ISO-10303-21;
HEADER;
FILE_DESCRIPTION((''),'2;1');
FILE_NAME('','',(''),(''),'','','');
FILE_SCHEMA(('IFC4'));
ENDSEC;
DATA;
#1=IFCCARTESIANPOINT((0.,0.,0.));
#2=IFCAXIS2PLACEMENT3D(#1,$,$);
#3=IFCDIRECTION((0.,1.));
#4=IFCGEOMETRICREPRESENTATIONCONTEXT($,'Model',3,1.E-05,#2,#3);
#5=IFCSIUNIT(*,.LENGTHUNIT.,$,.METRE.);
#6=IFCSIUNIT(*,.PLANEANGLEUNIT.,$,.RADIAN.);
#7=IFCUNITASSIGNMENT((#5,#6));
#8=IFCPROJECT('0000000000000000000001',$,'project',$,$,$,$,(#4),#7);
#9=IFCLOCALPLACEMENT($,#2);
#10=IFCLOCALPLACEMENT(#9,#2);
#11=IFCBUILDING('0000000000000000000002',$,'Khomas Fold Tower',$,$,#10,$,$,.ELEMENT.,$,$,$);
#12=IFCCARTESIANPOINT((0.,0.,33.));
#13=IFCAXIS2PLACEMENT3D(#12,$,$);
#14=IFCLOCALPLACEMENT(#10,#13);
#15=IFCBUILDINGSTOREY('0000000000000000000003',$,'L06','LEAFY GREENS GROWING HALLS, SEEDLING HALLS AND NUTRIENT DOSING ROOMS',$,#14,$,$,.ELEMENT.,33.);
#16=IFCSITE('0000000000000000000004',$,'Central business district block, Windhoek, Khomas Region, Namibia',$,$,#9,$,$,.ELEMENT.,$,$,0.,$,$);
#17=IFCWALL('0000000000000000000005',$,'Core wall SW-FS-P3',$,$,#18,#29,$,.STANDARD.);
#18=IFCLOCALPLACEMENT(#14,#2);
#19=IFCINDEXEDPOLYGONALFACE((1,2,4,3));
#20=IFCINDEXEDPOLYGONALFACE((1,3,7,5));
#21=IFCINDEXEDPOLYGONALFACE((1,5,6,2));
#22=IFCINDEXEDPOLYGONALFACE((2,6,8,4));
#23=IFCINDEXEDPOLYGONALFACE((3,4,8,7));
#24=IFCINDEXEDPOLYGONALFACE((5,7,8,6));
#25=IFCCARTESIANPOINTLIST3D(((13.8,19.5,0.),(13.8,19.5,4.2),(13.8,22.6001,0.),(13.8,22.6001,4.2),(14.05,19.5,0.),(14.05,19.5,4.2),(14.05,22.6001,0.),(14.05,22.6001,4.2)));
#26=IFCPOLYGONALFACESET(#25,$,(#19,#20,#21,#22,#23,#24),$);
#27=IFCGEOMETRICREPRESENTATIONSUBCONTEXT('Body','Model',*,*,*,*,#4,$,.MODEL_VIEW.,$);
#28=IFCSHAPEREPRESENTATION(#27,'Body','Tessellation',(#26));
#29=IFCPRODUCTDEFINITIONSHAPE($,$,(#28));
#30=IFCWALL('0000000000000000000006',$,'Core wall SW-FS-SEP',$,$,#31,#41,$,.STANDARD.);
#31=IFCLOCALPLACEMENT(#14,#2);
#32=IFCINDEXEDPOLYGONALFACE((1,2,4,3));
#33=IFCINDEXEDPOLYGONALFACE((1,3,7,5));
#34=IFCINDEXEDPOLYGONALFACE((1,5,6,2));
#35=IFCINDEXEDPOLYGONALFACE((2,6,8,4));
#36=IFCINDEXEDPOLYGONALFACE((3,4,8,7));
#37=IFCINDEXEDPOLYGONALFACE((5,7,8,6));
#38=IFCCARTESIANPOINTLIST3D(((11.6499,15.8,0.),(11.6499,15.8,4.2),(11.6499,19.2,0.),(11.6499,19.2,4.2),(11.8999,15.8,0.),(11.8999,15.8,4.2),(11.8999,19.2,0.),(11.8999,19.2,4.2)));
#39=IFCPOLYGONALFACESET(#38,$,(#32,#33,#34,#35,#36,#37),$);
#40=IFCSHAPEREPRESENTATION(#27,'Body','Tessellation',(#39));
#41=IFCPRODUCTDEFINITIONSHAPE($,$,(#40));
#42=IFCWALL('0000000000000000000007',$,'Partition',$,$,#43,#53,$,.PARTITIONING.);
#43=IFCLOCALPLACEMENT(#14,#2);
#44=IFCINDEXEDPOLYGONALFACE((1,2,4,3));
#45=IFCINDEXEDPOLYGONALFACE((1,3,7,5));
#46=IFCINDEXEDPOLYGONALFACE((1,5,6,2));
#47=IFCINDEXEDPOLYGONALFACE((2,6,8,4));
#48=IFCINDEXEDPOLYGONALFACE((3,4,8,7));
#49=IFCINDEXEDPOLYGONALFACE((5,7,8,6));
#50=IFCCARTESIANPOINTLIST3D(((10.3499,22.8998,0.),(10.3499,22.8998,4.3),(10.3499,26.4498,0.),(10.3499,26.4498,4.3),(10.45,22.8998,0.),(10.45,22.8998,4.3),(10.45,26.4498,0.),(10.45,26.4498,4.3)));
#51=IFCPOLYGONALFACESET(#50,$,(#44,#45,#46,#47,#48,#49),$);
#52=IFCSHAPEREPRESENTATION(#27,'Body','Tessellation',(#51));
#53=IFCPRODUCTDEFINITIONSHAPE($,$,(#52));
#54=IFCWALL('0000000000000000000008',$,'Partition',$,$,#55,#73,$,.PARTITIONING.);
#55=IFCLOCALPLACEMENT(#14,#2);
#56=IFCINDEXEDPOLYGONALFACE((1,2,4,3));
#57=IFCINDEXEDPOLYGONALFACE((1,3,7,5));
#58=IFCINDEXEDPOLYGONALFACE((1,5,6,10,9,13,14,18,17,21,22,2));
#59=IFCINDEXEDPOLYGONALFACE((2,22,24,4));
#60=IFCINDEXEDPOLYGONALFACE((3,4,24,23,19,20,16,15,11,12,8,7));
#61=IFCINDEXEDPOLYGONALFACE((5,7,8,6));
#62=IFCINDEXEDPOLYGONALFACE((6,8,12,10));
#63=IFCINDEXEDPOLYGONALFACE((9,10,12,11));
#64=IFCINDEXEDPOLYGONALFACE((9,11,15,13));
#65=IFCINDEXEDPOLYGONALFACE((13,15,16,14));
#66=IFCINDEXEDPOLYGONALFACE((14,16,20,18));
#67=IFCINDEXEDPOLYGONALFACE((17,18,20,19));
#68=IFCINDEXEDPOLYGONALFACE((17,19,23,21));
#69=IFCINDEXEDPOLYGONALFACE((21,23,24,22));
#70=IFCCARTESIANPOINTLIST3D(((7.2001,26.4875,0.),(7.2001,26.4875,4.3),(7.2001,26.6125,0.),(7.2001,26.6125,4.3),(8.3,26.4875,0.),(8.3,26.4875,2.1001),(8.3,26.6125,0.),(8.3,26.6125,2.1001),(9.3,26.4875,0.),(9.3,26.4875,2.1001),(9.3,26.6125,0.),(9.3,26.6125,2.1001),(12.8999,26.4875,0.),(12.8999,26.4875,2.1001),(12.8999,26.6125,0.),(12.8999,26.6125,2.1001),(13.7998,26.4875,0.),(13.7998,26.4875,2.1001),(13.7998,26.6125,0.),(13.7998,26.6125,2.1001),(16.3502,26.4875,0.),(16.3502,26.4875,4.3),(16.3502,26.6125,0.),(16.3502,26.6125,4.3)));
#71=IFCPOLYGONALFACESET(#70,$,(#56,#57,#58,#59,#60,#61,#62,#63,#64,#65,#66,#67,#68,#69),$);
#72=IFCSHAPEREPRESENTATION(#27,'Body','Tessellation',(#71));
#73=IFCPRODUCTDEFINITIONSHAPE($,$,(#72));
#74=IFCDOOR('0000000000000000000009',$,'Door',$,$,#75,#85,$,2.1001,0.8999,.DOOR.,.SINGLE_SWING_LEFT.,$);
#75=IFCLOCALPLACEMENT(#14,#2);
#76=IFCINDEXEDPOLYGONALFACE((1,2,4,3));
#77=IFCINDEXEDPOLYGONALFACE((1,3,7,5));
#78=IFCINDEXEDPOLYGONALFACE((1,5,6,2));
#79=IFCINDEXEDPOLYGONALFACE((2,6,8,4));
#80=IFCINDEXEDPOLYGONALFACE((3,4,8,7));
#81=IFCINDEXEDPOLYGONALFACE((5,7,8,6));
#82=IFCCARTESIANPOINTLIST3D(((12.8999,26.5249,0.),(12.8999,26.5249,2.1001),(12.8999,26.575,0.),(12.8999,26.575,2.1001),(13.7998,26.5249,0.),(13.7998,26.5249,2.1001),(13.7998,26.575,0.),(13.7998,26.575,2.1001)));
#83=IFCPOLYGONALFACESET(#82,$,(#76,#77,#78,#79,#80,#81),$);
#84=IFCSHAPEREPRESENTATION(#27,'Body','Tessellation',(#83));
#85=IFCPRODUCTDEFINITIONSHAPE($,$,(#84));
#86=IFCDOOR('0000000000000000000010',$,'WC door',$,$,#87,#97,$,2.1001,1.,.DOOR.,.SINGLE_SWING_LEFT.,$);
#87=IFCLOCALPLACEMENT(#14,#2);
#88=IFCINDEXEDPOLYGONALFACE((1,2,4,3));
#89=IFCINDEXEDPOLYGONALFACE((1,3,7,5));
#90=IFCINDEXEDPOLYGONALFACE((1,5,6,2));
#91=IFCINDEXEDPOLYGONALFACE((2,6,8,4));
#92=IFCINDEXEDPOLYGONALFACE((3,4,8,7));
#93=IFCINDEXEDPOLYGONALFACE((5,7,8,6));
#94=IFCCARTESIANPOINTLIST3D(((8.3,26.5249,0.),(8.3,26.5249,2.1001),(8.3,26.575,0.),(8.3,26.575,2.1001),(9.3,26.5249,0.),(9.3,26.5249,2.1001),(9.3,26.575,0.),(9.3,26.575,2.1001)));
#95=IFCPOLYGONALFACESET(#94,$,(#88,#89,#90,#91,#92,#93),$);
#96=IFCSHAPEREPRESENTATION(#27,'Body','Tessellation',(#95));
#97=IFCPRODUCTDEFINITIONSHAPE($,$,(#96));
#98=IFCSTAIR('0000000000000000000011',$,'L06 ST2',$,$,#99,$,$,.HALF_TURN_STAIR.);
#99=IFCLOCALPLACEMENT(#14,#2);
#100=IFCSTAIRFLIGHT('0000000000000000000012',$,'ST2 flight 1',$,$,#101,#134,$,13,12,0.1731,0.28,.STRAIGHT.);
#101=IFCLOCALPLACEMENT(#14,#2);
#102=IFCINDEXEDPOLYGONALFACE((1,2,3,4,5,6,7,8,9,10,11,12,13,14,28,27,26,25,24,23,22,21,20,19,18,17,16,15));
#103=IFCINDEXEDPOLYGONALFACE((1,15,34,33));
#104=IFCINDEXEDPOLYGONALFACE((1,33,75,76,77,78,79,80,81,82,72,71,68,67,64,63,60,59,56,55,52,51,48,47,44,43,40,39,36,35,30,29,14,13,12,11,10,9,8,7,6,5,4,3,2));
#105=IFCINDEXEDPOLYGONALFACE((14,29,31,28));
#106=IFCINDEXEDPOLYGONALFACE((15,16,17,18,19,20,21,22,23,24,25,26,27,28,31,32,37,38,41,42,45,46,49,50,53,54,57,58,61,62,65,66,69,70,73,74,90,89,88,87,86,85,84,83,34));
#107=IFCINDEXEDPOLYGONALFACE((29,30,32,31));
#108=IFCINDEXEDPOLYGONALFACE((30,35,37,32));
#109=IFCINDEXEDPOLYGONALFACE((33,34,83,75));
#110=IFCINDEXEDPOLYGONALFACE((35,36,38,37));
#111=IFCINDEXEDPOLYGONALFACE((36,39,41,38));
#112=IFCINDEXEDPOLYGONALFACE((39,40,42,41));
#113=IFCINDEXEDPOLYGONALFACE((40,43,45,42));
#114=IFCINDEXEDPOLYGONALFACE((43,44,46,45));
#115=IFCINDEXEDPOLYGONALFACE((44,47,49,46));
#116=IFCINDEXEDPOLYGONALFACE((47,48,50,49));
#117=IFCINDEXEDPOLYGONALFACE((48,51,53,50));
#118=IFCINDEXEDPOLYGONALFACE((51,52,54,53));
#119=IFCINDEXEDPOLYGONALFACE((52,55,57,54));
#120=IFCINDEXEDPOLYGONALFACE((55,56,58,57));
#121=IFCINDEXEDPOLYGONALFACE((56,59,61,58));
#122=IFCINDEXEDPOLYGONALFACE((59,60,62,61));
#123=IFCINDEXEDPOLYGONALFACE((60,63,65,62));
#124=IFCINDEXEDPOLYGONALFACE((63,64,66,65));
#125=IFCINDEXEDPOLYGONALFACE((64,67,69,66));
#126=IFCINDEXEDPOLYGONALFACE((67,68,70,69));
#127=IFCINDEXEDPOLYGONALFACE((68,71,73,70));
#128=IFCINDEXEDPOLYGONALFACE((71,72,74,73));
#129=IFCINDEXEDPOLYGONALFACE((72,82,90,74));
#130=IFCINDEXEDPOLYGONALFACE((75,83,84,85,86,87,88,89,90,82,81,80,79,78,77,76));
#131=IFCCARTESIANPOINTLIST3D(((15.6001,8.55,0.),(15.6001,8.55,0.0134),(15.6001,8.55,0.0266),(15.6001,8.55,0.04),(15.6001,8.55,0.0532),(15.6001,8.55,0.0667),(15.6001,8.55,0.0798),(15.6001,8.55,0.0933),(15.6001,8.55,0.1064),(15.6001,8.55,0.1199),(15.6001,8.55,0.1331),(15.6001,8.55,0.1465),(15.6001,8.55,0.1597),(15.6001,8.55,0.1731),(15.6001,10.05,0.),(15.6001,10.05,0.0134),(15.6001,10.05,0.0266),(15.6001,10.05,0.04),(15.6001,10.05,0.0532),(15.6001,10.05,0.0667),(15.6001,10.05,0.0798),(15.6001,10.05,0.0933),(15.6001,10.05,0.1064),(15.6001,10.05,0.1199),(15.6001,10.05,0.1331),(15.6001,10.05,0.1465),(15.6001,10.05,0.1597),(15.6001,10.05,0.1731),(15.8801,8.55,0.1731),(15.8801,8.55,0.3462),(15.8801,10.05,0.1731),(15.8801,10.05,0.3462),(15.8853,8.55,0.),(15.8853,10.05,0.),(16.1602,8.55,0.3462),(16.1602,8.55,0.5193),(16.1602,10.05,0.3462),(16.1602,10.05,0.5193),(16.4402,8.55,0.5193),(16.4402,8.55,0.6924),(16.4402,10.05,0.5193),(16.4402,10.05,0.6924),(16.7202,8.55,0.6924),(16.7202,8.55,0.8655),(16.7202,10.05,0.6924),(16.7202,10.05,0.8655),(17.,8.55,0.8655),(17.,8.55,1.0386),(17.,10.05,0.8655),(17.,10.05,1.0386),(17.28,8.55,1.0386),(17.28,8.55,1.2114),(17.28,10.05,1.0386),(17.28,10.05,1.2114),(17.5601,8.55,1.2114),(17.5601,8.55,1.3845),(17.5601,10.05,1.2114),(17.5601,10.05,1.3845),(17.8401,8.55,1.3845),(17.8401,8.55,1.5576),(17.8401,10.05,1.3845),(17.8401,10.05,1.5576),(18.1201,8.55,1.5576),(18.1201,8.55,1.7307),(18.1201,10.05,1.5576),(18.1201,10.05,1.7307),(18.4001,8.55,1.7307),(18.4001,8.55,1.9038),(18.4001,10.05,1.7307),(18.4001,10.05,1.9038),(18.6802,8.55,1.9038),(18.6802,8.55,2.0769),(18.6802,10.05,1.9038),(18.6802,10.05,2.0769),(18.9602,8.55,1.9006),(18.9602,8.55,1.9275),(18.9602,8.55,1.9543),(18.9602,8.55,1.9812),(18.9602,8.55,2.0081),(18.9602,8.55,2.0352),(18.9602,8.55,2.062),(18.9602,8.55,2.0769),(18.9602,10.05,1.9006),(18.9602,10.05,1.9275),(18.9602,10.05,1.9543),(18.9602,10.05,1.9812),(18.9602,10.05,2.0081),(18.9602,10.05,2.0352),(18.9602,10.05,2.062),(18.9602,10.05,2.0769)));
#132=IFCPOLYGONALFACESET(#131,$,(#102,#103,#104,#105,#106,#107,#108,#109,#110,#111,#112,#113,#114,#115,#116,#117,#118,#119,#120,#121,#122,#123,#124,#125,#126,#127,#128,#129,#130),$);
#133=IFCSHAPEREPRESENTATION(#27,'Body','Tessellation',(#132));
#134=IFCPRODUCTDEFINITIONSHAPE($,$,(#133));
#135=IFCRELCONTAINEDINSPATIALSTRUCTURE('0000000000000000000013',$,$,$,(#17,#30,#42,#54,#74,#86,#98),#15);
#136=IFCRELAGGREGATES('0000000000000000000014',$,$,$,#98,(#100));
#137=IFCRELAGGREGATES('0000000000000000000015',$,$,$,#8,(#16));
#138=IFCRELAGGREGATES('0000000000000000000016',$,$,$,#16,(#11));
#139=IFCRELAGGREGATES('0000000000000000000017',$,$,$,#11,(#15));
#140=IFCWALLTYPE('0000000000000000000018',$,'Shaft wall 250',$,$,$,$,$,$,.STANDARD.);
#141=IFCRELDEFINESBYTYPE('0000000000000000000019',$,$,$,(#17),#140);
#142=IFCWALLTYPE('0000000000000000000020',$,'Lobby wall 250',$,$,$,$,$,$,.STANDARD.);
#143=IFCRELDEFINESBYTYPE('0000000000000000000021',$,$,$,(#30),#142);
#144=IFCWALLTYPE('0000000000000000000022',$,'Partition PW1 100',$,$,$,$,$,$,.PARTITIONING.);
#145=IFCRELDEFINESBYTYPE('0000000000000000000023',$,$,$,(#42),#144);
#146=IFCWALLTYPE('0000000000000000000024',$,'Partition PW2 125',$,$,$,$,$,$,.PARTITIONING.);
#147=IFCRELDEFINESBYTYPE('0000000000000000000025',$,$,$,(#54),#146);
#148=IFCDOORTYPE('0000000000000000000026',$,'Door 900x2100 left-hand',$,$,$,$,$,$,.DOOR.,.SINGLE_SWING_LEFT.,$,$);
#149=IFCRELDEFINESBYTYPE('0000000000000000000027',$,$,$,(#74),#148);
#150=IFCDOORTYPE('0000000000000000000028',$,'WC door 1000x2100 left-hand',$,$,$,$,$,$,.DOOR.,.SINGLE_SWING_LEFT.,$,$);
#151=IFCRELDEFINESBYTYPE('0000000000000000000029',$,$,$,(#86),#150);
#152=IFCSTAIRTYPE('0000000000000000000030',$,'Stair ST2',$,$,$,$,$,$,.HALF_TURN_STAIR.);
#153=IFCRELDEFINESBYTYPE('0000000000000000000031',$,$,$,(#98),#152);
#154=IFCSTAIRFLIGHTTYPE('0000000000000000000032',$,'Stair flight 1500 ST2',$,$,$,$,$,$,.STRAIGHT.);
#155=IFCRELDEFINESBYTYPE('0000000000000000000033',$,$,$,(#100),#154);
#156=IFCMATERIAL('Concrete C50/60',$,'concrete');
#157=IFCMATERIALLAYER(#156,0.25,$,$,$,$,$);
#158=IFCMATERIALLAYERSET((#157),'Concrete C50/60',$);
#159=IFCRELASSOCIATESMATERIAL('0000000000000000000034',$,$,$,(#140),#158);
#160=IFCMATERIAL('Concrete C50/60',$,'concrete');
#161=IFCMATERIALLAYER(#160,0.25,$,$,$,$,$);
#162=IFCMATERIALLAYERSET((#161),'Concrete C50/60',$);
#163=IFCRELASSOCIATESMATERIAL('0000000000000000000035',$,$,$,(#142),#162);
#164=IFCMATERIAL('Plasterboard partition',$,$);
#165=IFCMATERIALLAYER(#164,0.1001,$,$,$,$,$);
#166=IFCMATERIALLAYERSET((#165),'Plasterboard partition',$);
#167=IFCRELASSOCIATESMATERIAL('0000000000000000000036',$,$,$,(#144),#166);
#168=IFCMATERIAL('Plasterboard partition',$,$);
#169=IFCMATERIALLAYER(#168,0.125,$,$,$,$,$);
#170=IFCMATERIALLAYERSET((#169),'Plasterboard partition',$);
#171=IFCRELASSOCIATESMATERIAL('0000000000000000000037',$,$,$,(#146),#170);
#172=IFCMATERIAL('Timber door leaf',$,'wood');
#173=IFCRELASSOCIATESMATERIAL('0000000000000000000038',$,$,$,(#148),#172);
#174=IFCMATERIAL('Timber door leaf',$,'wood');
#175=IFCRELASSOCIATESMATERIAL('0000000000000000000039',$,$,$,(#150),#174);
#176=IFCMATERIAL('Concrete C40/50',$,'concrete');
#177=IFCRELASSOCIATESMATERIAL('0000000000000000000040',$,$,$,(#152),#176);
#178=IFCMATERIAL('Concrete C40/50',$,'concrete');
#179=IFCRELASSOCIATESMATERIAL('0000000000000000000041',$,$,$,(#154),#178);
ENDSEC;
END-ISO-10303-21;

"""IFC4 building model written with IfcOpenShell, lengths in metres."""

from ifc_helpers import new_model, si_unit, direction, frame, frame_2d, origin, place, context, subcontext, project, spatial, polyline, rectangle, outline, extrude, source, transform, mapped, material, layer, layer_set, type_object, element, fill, aggregate, save


model = new_model("IFC4")

# Units and contexts
model_context = context("Model", 3, precision=1e-05, world=origin(), true_north=direction((0.0, 1.0)))
body_context = subcontext(model_context, "Body", "Model", "MODEL_VIEW")
ifc_project = project(units=[si_unit("LENGTHUNIT", "METRE"), si_unit("PLANEANGLEUNIT", "RADIAN")], contexts=[model_context])

# Site, building, storey
site_placement = place(None, origin())
site = spatial("IfcSite", under=ifc_project, at=site_placement, Name="Central business district block, Windhoek, Khomas Region, Namibia", CompositionType="ELEMENT", RefElevation=0.0)
building_placement = place(site_placement, origin())
building = spatial("IfcBuilding", under=site, at=building_placement, Name="Khomas Fold Tower", CompositionType="ELEMENT")
storey_placement = place(building_placement, frame((0.0, 0.0, 33.0)))
storey = spatial("IfcBuildingStorey", under=building, at=storey_placement, Name="L06", Description="LEAFY GREENS GROWING HALLS, SEEDLING HALLS AND NUTRIENT DOSING ROOMS", CompositionType="ELEMENT", Elevation=33.0)

# Walls
ifc_material_1 = material(Name="Concrete C50/60", Category="concrete")
ifc_layer_1 = layer(ifc_material_1, 0.25)
ifc_layer_set_1 = layer_set([ifc_layer_1], Name="Concrete C50/60")
wall_type_1 = type_object("IfcWallType", Name="Shaft wall 250", PredefinedType="STANDARD", material=ifc_layer_set_1)
shared_shape_1 = source(origin(), body_context, "Body", "SweptSolid", [
    extrude(rectangle(XDim=3.1001, YDim=0.25, at=frame_2d((1.55, 0.0))), origin(), (0.0, 0.0, 1.0), 4.2),
])
for number, where, z_axis, x_axis, name in (
    (1, (13.925, 19.5, 0.0), (0.0, 0.0, 1.0), (0.0, 1.0, 0.0), "Core wall SW-FS-P3"),
):
    element("IfcWall", number, at=place(storey_placement, frame(where, z_axis=z_axis, x_axis=x_axis)), inside=storey, type_object=wall_type_1, Name=name, PredefinedType="STANDARD", context=body_context, shape_type="MappedRepresentation", body=[
        mapped(shared_shape_1, transform((0.0, 0.0, 0.0))),
    ])
ifc_material_2 = material(Name="Concrete C50/60", Category="concrete")
ifc_layer_2 = layer(ifc_material_2, 0.25)
ifc_layer_set_2 = layer_set([ifc_layer_2], Name="Concrete C50/60")
wall_type_2 = type_object("IfcWallType", Name="Lobby wall 250", PredefinedType="STANDARD", material=ifc_layer_set_2)
shared_shape_2 = source(origin(), body_context, "Body", "SweptSolid", [
    extrude(rectangle(XDim=3.3999, YDim=0.25, at=frame_2d((1.7, 0.0))), origin(), (0.0, 0.0, 1.0), 4.2),
])
wall_1_placement = place(storey_placement, frame((11.7749, 15.8, 0.0), z_axis=(0.0, 0.0, 1.0), x_axis=(0.0, 1.0, 0.0)))
element("IfcWall", 2, at=wall_1_placement, inside=storey, type_object=wall_type_2, Name="Core wall SW-FS-SEP", PredefinedType="STANDARD", context=body_context, shape_type="MappedRepresentation", body=[
    mapped(shared_shape_2, transform((0.0, 0.0, 0.0))),
])
ifc_material_3 = material(Name="Plasterboard partition")
ifc_layer_3 = layer(ifc_material_3, 0.1001)
ifc_layer_set_3 = layer_set([ifc_layer_3], Name="Plasterboard partition")
wall_type_3 = type_object("IfcWallType", Name="Partition PW1 100", PredefinedType="PARTITIONING", material=ifc_layer_set_3)
shared_shape_3 = source(origin(), body_context, "Body", "SweptSolid", [
    extrude(rectangle(XDim=3.55, YDim=0.1001, at=frame_2d((1.7749, 0.0))), origin(), (0.0, 0.0, 1.0), 4.3),
])
wall_2_placement = place(storey_placement, frame((10.3999, 22.8999, 0.0), z_axis=(0.0, 0.0, 1.0), x_axis=(0.0, 1.0, 0.0)))
element("IfcWall", 3, at=wall_2_placement, inside=storey, type_object=wall_type_3, Name="Partition", PredefinedType="PARTITIONING", context=body_context, shape_type="MappedRepresentation", body=[
    mapped(shared_shape_3, transform((0.0, 0.0, 0.0))),
])

# Wall, openings, doors
ifc_material_4 = material(Name="Plasterboard partition")
ifc_layer_4 = layer(ifc_material_4, 0.125)
ifc_layer_set_4 = layer_set([ifc_layer_4], Name="Plasterboard partition")
wall_type_4 = type_object("IfcWallType", Name="Partition PW2 125", PredefinedType="PARTITIONING", material=ifc_layer_set_4)
shared_shape_4 = source(origin(), body_context, "Body", "SweptSolid", [
    extrude(rectangle(XDim=9.1501, YDim=0.125, at=frame_2d((4.5752, 0.0))), origin(), (0.0, 0.0, 1.0), 4.3),
])
wall_3_placement = place(storey_placement, frame((7.2, 26.55, 0.0), z_axis=(0.0, 0.0, 1.0), x_axis=(1.0, 0.0, 0.0)))
wall_3 = element("IfcWall", 4, at=wall_3_placement, inside=storey, type_object=wall_type_4, Name="Partition", PredefinedType="PARTITIONING", context=body_context, shape_type="MappedRepresentation", body=[
    mapped(shared_shape_4, transform((0.0, 0.0, 0.0))),
])
shared_shape_5 = source(origin(), body_context, "Body", "SweptSolid", [
    extrude(rectangle(XDim=1.0, YDim=2.1001, at=frame_2d((0.5, 1.05))), frame((0.0, 0.0725, 0.0), z_axis=(0.0, -1.0, 0.0), x_axis=(1.0, 0.0, 0.0)), (0.0, 0.0, 1.0), 0.145),
])
opening_1_placement = place(wall_3_placement, frame((1.1001, 0.0, 0.0)))
opening_1 = element("IfcOpeningElement", 5, at=opening_1_placement, cuts=wall_3, PredefinedType="OPENING", context=body_context, shape_type="MappedRepresentation", body=[
    mapped(shared_shape_5, transform((0.0, 0.0, 0.0))),
])
shared_shape_6 = source(origin(), body_context, "Body", "SweptSolid", [
    extrude(rectangle(XDim=0.8999, YDim=2.1001, at=frame_2d((0.45, 1.05))), frame((0.0, 0.0725, 0.0), z_axis=(0.0, -1.0, 0.0), x_axis=(1.0, 0.0, 0.0)), (0.0, 0.0, 1.0), 0.145),
])
opening_2_placement = place(wall_3_placement, frame((5.7, 0.0, 0.0)))
opening_2 = element("IfcOpeningElement", 6, at=opening_2_placement, cuts=wall_3, PredefinedType="OPENING", context=body_context, shape_type="MappedRepresentation", body=[
    mapped(shared_shape_6, transform((0.0, 0.0, 0.0))),
])
ifc_material_5 = material(Name="Timber door leaf", Category="wood")
door_type_1 = type_object("IfcDoorType", Name="Door 900x2100 left-hand", OperationType="SINGLE_SWING_LEFT", PredefinedType="DOOR", material=ifc_material_5)
shared_shape_7 = source(origin(), body_context, "Body", "SweptSolid", [
    extrude(rectangle(XDim=0.8999, YDim=2.1001, at=frame_2d((0.45, 1.05))), frame((0.0, 0.0249, 0.0), z_axis=(0.0, -1.0, 0.0), x_axis=(1.0, 0.0, 0.0)), (0.0, 0.0, 1.0), 0.05),
])
door_1_placement = place(opening_2_placement, origin())
door_1 = element("IfcDoor", 7, at=door_1_placement, inside=storey, type_object=door_type_1, Name="Door", OperationType="SINGLE_SWING_LEFT", OverallHeight=2.1001, OverallWidth=0.8999, PredefinedType="DOOR", context=body_context, shape_type="MappedRepresentation", body=[
    mapped(shared_shape_7, transform((0.0, 0.0, 0.0))),
])
fill(opening_2, door_1)
ifc_material_6 = material(Name="Timber door leaf", Category="wood")
door_type_2 = type_object("IfcDoorType", Name="WC door 1000x2100 left-hand", OperationType="SINGLE_SWING_LEFT", PredefinedType="DOOR", material=ifc_material_6)
shared_shape_8 = source(origin(), body_context, "Body", "SweptSolid", [
    extrude(rectangle(XDim=1.0, YDim=2.1001, at=frame_2d((0.5, 1.05))), frame((0.0, 0.0249, 0.0), z_axis=(0.0, -1.0, 0.0), x_axis=(1.0, 0.0, 0.0)), (0.0, 0.0, 1.0), 0.05),
])
door_2_placement = place(opening_1_placement, origin())
door_2 = element("IfcDoor", 8, at=door_2_placement, inside=storey, type_object=door_type_2, Name="WC door", OperationType="SINGLE_SWING_LEFT", OverallHeight=2.1001, OverallWidth=1.0, PredefinedType="DOOR", context=body_context, shape_type="MappedRepresentation", body=[
    mapped(shared_shape_8, transform((0.0, 0.0, 0.0))),
])
fill(opening_1, door_2)

# Stair, stair flight
ifc_material_7 = material(Name="Concrete C40/50", Category="concrete")
stair_type = type_object("IfcStairType", Name="Stair ST2", PredefinedType="HALF_TURN_STAIR", material=ifc_material_7)
stair_placement = place(storey_placement, origin())
stair = element("IfcStair", 9, at=stair_placement, inside=storey, type_object=stair_type, Name="L06 ST2", PredefinedType="HALF_TURN_STAIR")
ifc_material_8 = material(Name="Concrete C40/50", Category="concrete")
stair_flight_type = type_object("IfcStairFlightType", Name="Stair flight 1500 ST2", PredefinedType="STRAIGHT", material=ifc_material_8)
shared_shape_9 = source(origin(), body_context, "Body", "SweptSolid", [
    extrude(outline(polyline([(0.0, 0.0), (0.0, 0.0134), (0.0, 0.0266), (0.0, 0.04), (0.0, 0.0532), (0.0, 0.0667), (0.0, 0.0798), (0.0, 0.0933), (0.0, 0.1064), (0.0, 0.1199), (0.0, 0.1331), (0.0, 0.1465), (0.0, 0.1597), (0.0, 0.1731), (0.28, 0.1731), (0.28, 0.3462), (0.5601, 0.3462), (0.5601, 0.5193), (0.8401, 0.5193), (0.8401, 0.6924), (1.1201, 0.6924), (1.1201, 0.8655), (1.3999, 0.8655), (1.3999, 1.0386), (1.6799, 1.0386), (1.6799, 1.2114), (1.96, 1.2114), (1.96, 1.3845), (2.24, 1.3845), (2.24, 1.5576), (2.52, 1.5576), (2.52, 1.7307), (2.8, 1.7307), (2.8, 1.9038), (3.0801, 1.9038), (3.0801, 2.0769), (3.3601, 2.0769), (3.3601, 2.25), (3.3601, 2.2231), (3.3601, 2.1963), (3.3601, 2.1694), (3.3601, 2.1426), (3.3601, 2.1157), (3.3601, 2.0889), (3.3601, 2.062), (3.3601, 2.0352), (3.3601, 2.0081), (3.3601, 1.9812), (3.3601, 1.9543), (3.3601, 1.9275), (3.3601, 1.9006), (0.2852, 0.0), (0.0, 0.0)])), frame((0.0, 0.75, 0.0), z_axis=(0.0, -1.0, 0.0), x_axis=(1.0, 0.0, 0.0)), (0.0, 0.0, 1.0), 1.5),
])
stair_flight_placement = place(storey_placement, frame((15.6001, 9.3, 0.0), z_axis=(0.0, 0.0, 1.0), x_axis=(1.0, 0.0, 0.0)))
stair_flight = element("IfcStairFlight", 10, at=stair_flight_placement, type_object=stair_flight_type, Name="ST2 flight 1", NumberOfRisers=13, NumberOfTreads=12, PredefinedType="STRAIGHT", RiserHeight=0.1731, TreadLength=0.28, context=body_context, shape_type="MappedRepresentation", body=[
    mapped(shared_shape_9, transform((0.0, 0.0, 0.0))),
])
aggregate(stair, [stair_flight])

save(model, "model.ifc")
